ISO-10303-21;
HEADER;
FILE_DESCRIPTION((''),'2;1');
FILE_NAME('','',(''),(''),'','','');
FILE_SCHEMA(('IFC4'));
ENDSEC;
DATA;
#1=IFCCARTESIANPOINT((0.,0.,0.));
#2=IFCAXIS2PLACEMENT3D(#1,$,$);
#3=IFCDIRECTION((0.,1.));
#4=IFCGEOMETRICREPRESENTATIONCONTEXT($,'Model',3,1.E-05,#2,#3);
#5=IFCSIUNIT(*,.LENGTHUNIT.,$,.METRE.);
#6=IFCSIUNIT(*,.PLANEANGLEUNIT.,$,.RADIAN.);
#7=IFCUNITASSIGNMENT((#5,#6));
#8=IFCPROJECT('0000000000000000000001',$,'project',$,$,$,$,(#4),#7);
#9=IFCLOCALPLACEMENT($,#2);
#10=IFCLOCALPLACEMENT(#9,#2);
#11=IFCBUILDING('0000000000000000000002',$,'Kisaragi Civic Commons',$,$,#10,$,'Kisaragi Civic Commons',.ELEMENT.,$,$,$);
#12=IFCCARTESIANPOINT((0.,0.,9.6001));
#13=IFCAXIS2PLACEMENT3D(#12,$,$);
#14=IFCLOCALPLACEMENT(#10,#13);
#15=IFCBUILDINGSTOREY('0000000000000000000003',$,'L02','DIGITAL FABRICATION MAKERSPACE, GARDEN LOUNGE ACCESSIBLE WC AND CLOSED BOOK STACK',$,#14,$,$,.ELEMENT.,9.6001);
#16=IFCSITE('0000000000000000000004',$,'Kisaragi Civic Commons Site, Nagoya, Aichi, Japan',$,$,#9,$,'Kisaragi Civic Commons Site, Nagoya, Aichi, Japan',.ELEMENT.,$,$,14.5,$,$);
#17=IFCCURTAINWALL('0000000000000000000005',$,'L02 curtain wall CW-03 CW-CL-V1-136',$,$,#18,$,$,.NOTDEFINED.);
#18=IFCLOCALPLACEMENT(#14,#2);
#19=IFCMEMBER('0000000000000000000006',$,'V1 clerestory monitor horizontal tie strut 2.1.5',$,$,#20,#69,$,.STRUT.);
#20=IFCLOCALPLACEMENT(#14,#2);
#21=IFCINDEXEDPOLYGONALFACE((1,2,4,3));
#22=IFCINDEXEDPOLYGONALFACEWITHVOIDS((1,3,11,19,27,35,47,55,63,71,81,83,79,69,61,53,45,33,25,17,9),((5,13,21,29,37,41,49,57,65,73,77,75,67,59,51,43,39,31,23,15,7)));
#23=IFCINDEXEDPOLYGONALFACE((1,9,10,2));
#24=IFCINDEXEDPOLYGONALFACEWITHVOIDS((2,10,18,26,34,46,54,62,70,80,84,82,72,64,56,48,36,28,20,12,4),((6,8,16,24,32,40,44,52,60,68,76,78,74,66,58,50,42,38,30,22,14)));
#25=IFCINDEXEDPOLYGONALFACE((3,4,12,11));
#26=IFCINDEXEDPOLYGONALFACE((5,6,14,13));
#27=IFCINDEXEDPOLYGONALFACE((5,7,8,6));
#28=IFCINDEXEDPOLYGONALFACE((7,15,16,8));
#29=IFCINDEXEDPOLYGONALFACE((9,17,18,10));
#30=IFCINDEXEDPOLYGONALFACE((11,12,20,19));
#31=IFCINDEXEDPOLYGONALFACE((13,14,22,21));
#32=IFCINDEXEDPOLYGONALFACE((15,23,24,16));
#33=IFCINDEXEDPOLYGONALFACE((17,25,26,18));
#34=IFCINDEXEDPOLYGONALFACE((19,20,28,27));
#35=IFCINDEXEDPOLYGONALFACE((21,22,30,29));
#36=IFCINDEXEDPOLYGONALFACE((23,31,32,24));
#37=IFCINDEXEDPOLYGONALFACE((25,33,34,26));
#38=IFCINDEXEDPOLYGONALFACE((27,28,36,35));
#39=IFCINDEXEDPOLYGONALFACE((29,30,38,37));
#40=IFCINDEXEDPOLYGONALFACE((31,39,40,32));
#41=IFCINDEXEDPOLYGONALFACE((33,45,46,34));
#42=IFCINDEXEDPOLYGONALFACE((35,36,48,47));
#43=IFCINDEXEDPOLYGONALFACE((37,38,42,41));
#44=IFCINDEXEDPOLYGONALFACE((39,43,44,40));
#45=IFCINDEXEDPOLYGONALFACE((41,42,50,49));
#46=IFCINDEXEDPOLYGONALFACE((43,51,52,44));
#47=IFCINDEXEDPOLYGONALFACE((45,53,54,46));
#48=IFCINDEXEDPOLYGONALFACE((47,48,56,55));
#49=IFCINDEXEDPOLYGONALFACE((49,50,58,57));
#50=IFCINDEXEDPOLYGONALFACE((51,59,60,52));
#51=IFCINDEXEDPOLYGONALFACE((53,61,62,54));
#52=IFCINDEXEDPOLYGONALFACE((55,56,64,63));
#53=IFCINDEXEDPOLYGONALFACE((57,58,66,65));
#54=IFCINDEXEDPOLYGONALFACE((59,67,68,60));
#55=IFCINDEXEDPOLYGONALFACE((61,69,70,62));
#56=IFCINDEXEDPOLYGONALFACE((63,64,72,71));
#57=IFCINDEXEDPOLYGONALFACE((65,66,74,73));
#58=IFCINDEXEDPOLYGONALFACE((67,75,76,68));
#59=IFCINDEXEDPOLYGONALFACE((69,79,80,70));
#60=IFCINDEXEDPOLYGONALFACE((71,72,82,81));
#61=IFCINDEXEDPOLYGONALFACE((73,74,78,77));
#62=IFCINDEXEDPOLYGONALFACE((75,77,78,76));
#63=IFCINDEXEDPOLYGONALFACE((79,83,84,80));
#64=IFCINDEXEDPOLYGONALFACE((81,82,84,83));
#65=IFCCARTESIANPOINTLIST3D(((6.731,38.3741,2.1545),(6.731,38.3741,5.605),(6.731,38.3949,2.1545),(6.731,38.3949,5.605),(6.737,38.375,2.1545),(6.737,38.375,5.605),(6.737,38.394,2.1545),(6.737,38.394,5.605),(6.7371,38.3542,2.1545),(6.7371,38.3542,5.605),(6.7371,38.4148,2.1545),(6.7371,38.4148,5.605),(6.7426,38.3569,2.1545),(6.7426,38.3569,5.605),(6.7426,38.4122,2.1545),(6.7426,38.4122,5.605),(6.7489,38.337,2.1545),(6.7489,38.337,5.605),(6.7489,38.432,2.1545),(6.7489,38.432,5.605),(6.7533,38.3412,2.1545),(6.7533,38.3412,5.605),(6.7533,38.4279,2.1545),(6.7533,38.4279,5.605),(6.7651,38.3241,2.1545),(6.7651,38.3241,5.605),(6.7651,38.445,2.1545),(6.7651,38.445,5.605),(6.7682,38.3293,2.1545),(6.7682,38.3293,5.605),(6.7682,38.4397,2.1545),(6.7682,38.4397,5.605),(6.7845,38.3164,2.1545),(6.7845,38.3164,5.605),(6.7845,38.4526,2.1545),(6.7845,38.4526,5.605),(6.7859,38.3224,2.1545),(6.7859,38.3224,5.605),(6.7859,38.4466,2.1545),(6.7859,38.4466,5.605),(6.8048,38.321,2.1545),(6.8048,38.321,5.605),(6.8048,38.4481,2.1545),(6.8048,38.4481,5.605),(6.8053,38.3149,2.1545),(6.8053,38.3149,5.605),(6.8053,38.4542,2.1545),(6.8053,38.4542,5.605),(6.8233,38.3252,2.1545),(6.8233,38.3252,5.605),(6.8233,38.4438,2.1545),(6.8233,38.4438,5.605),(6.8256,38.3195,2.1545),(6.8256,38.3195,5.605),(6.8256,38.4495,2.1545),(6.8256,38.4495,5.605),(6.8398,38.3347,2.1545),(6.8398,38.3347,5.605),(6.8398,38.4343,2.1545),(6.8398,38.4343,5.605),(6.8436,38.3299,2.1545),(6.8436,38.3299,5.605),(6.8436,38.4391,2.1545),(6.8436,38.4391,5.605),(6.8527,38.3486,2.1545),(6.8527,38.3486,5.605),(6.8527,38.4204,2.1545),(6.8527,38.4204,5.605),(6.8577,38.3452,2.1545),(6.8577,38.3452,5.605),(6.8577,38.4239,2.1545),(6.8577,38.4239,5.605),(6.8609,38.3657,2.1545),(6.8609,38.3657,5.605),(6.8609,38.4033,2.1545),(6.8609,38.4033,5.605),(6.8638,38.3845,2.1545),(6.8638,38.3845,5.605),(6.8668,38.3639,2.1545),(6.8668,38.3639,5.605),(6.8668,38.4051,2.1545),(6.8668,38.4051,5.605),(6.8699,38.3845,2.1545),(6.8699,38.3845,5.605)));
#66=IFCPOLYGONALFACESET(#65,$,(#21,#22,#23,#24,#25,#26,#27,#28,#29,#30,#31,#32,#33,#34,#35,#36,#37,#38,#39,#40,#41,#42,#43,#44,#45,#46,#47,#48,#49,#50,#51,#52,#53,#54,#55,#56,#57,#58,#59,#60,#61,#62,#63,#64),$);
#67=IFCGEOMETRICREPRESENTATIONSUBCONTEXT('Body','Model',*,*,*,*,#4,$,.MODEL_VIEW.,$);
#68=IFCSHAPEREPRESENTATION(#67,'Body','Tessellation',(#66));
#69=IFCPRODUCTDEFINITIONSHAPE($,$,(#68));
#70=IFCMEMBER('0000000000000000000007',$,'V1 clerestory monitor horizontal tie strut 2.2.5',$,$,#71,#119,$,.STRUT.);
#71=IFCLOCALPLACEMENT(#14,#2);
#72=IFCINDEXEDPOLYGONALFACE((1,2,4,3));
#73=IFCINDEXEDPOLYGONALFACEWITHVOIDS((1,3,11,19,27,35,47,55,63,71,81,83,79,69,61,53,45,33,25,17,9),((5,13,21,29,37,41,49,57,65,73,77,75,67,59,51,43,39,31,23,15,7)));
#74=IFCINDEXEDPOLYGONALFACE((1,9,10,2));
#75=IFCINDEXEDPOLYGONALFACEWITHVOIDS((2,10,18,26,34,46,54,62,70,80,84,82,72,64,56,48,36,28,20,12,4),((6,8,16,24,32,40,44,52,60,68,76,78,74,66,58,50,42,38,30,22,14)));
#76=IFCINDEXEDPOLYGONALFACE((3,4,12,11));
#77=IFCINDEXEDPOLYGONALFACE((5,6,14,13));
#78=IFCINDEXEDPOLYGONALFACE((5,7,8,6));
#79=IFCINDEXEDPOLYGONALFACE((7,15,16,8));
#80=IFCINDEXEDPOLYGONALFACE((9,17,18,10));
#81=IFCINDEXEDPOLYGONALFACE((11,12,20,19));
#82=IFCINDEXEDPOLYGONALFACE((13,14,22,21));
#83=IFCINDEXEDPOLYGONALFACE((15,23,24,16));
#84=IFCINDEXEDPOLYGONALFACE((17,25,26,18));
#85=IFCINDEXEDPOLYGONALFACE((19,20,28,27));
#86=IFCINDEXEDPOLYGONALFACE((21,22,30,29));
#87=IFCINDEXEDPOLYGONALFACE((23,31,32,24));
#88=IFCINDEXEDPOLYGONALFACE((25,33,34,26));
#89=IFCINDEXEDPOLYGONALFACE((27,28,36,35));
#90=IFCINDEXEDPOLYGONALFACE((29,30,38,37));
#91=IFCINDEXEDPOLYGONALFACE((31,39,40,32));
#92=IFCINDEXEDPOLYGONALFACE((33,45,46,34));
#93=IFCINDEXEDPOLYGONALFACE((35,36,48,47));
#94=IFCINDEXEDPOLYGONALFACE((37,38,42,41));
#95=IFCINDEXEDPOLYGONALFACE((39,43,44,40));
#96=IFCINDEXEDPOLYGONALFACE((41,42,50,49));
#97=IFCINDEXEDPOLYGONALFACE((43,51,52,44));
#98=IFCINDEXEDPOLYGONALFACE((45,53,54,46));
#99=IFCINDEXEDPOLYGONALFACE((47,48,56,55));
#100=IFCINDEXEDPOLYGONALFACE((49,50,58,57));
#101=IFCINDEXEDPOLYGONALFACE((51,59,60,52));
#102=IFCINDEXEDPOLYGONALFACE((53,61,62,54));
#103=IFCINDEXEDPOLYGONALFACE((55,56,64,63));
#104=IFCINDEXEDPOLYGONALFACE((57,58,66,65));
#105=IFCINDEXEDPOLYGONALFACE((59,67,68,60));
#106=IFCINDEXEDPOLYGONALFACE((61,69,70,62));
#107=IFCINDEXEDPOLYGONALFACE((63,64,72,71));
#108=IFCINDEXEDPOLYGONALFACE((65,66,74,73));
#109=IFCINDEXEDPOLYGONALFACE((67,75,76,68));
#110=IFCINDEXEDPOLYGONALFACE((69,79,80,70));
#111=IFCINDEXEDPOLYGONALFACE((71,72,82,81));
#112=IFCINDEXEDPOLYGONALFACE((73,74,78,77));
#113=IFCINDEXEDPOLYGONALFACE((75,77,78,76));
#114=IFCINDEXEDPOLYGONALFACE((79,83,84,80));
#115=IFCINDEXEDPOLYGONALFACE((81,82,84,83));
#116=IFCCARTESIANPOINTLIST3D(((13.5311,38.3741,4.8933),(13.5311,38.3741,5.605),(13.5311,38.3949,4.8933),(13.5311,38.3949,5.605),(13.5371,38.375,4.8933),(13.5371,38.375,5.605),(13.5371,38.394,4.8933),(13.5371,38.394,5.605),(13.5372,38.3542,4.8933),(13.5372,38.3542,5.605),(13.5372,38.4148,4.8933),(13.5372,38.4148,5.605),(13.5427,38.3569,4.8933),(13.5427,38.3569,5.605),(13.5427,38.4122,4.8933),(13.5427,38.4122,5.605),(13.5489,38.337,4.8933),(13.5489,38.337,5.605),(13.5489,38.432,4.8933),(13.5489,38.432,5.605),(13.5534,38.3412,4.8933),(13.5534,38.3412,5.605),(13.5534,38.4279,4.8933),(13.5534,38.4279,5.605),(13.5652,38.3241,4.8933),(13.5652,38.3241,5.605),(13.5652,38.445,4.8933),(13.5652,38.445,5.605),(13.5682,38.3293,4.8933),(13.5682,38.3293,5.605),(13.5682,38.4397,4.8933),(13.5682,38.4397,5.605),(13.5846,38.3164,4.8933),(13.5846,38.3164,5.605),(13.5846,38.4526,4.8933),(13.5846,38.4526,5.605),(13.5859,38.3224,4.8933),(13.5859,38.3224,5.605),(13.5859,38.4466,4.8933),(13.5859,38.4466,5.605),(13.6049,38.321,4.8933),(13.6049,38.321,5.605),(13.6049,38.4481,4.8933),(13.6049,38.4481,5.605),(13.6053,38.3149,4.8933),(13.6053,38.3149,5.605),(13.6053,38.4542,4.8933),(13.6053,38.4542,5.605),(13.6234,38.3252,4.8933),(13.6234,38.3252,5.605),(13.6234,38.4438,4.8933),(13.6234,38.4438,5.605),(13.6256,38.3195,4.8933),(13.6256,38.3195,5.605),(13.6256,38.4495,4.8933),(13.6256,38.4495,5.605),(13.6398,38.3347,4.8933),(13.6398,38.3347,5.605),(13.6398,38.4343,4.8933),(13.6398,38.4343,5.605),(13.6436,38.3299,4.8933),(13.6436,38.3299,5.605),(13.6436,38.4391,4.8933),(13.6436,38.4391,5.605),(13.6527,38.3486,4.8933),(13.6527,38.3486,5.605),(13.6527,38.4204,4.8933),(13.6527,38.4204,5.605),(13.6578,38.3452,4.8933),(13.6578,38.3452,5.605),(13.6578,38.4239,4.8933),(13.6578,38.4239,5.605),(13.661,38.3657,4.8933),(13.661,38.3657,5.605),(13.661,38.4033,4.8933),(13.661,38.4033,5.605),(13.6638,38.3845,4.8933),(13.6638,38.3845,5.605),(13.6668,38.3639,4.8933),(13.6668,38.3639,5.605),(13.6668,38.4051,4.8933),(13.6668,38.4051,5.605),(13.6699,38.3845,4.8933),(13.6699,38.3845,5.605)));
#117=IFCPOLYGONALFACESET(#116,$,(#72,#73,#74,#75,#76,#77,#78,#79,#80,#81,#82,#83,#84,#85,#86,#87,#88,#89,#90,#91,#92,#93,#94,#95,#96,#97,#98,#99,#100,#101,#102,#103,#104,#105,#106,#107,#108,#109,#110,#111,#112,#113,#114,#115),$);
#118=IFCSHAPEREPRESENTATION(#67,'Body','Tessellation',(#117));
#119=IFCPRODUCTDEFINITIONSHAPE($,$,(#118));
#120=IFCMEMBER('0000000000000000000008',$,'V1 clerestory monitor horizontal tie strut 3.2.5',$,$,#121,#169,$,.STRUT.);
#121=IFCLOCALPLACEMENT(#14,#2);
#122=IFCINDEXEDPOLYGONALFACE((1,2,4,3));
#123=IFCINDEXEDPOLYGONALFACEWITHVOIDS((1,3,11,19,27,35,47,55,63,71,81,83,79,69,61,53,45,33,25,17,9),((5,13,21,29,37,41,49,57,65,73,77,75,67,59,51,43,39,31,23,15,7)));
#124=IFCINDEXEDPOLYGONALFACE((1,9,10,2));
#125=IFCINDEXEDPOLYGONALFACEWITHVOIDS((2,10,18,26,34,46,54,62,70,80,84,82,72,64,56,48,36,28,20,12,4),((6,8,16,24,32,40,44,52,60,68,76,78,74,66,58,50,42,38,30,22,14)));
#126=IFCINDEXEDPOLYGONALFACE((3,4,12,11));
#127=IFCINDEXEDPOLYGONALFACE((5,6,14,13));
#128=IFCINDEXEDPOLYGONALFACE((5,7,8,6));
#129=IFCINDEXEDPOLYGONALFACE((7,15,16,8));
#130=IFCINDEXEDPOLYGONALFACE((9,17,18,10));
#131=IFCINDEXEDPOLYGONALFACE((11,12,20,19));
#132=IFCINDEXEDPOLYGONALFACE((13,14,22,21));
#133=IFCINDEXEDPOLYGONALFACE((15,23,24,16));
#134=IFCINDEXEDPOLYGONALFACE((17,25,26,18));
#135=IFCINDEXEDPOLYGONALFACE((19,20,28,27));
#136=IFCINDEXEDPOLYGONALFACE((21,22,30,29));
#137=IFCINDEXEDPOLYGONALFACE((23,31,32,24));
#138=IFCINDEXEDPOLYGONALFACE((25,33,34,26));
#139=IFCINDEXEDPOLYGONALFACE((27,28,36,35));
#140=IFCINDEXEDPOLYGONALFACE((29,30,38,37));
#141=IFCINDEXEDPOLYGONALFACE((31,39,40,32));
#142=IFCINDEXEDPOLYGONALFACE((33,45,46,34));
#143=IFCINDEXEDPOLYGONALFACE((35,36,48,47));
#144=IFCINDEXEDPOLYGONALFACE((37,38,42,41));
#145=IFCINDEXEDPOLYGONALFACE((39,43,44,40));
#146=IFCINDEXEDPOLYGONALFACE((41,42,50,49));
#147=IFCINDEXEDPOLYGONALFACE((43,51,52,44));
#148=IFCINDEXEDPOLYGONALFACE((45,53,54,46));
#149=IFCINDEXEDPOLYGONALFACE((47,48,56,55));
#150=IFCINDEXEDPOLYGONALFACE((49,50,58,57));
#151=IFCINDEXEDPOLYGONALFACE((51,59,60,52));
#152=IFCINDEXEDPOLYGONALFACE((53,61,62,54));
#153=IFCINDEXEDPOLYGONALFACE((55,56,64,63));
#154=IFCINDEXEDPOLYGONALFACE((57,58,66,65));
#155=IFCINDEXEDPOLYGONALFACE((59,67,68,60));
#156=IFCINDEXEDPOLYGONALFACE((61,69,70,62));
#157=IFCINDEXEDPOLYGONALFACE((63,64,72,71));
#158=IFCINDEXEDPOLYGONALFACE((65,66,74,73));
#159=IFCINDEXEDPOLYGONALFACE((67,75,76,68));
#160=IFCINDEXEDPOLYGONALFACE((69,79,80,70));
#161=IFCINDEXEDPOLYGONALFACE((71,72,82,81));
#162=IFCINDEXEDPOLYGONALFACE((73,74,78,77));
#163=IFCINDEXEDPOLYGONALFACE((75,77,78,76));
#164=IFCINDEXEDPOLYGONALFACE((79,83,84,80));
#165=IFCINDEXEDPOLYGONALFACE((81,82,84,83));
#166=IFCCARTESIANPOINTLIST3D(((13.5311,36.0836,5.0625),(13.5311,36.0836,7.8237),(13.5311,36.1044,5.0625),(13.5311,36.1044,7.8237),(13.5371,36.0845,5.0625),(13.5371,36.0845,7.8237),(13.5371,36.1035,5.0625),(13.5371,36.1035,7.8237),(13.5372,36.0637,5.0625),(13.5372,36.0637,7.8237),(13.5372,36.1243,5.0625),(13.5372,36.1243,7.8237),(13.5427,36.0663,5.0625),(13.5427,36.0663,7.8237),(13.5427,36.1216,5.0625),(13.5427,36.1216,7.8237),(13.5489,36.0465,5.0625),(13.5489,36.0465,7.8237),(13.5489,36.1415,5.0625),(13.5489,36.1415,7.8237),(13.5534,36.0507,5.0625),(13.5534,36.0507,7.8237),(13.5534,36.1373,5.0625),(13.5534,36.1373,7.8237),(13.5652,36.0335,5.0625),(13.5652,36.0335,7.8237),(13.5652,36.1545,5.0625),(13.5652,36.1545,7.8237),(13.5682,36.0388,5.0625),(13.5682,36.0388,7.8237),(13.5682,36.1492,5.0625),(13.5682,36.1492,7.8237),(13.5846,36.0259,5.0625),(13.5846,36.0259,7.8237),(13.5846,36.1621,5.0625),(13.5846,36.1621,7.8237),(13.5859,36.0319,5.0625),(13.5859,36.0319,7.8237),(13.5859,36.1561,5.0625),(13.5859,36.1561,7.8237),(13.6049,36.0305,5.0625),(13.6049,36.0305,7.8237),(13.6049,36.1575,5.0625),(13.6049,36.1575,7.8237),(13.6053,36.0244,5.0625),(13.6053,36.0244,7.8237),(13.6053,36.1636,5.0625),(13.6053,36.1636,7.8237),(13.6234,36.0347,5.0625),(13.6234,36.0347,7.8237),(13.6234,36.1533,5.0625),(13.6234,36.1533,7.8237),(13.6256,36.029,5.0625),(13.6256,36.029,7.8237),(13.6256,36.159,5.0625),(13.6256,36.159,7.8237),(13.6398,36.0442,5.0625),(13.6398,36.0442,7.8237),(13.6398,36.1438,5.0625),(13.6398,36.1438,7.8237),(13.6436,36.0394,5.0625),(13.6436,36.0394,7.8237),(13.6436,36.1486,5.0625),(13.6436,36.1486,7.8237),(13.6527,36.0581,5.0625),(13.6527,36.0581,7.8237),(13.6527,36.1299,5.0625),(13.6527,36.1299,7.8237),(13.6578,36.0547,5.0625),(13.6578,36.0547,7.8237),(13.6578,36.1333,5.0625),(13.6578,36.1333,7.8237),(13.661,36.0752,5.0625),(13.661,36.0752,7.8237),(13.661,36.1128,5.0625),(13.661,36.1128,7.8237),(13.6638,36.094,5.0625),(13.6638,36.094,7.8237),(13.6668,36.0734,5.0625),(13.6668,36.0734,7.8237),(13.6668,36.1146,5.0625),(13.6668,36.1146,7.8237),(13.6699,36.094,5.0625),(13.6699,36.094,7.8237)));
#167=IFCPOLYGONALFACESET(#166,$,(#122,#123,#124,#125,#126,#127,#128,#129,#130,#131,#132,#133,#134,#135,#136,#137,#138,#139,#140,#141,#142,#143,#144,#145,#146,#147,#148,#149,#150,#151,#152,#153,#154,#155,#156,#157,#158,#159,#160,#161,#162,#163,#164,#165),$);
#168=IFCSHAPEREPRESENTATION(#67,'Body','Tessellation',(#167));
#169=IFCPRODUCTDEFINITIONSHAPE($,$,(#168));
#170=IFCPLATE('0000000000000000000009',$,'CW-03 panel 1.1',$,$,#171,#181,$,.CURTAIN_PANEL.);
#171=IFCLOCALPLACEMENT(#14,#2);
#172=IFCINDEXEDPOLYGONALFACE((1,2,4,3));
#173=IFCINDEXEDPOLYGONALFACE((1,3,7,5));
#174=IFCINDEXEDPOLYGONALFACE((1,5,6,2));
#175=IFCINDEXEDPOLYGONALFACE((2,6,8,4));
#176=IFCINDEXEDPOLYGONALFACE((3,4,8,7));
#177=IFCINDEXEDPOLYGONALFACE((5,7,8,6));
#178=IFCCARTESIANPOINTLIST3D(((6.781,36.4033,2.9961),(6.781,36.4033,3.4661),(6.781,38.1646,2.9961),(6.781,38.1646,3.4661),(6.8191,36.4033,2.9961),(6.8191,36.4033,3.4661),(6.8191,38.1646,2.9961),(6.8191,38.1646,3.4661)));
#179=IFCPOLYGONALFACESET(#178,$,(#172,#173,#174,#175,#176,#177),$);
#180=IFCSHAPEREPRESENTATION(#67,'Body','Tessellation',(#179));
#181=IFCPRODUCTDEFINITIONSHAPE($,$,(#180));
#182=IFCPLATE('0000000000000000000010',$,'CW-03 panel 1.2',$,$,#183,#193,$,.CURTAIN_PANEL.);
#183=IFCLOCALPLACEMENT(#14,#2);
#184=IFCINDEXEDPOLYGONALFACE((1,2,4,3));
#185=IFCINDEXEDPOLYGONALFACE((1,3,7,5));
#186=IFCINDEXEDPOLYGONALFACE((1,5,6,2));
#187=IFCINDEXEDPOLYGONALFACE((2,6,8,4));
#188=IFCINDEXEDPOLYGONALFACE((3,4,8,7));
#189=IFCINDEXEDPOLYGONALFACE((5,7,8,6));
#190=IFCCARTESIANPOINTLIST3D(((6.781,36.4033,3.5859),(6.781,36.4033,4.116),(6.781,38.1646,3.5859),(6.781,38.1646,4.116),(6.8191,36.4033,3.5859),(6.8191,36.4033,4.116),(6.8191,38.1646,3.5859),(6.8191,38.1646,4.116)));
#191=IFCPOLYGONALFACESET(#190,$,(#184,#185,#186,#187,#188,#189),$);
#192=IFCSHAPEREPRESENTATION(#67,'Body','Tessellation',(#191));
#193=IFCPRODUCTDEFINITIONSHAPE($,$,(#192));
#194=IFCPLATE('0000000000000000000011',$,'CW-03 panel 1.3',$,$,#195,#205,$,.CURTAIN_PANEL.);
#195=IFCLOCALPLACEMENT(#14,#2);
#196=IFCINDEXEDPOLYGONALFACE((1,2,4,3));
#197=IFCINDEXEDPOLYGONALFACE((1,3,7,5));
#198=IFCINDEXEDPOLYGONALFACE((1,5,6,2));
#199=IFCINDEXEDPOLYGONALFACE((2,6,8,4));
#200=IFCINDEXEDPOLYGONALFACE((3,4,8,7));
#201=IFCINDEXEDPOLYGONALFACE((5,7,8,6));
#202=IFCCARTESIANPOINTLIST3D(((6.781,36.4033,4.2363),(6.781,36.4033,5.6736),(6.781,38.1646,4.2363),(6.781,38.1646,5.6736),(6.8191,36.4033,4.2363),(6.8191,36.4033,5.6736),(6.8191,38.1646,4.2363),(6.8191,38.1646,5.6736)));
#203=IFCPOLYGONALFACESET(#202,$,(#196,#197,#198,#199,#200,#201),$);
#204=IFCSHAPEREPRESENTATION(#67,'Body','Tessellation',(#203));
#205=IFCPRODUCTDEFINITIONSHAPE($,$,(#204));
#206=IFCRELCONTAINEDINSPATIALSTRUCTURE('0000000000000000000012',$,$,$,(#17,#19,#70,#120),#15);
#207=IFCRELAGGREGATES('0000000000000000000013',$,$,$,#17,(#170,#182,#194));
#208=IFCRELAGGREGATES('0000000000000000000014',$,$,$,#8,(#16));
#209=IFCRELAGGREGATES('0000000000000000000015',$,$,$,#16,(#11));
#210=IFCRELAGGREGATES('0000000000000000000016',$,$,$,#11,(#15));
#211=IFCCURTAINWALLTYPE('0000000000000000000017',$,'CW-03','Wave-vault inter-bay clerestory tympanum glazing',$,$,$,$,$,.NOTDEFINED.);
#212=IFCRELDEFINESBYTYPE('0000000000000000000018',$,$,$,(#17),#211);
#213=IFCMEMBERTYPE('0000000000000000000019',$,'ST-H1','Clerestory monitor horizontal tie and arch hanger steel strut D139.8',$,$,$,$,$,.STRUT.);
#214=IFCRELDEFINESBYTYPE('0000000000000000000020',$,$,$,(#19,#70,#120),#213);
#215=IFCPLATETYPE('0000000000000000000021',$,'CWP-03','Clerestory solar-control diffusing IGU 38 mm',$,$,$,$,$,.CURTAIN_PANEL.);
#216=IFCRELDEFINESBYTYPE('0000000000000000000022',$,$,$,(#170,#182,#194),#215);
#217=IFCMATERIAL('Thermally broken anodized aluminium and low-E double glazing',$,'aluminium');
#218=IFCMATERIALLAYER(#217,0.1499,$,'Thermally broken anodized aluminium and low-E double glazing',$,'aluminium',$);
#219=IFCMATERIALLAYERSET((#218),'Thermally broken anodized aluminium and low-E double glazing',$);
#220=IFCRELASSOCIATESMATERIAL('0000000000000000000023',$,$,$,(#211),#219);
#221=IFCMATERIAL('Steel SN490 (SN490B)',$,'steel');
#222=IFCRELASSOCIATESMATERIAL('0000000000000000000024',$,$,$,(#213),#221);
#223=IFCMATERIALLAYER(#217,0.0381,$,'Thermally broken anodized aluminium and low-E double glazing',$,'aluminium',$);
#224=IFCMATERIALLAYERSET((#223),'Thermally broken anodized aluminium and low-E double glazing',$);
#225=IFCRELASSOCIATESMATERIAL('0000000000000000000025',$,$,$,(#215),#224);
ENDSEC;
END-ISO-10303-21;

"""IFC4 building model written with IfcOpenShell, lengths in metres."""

from ifc_helpers import new_model, si_unit, direction, frame, origin, origin_2d, place, context, subcontext, project, spatial, rectangle, hollow_circle, extrude, material, layer, layer_set, material_profile, profile_set, type_object, element, aggregate, save


model = new_model("IFC4")

# Units and contexts
model_context = context("Model", 3, precision=1e-05, world=origin(), true_north=direction((0.0, 1.0)))
body_context = subcontext(model_context, "Body", "Model", "MODEL_VIEW")
ifc_project = project(units=[si_unit("LENGTHUNIT", "METRE"), si_unit("PLANEANGLEUNIT", "RADIAN")], contexts=[model_context])

# Site, building, storey
site_placement = place(None, origin())
site = spatial("IfcSite", under=ifc_project, at=site_placement, Name="Kisaragi Civic Commons Site, Nagoya, Aichi, Japan", LongName="Kisaragi Civic Commons Site, Nagoya, Aichi, Japan", CompositionType="ELEMENT", RefElevation=14.5)
building_placement = place(site_placement, origin())
building = spatial("IfcBuilding", under=site, at=building_placement, Name="Kisaragi Civic Commons", LongName="Kisaragi Civic Commons", CompositionType="ELEMENT")
storey_placement = place(building_placement, frame((0.0, 0.0, 9.6001)))
storey = spatial("IfcBuildingStorey", under=building, at=storey_placement, Name="L02", Description="DIGITAL FABRICATION MAKERSPACE, GARDEN LOUNGE ACCESSIBLE WC AND CLOSED BOOK STACK", CompositionType="ELEMENT", Elevation=9.6001)

# Curtain wall
ifc_material_1 = material(Name="Thermally broken anodized aluminium and low-E double glazing", Category="aluminium")
ifc_layer_1 = layer(ifc_material_1, 0.1499, Name="Thermally broken anodized aluminium and low-E double glazing", Category="aluminium")
ifc_layer_set_1 = layer_set([ifc_layer_1], Name="Thermally broken anodized aluminium and low-E double glazing")
curtain_wall_type = type_object("IfcCurtainWallType", Name="CW-03", Description="Wave-vault inter-bay clerestory tympanum glazing", PredefinedType="NOTDEFINED", material=ifc_layer_set_1)
curtain_wall_1_placement = place(storey_placement, origin())
curtain_wall_1 = element("IfcCurtainWall", 1, at=curtain_wall_1_placement, inside=storey, type_object=curtain_wall_type, Name="L02 curtain wall CW-03 CW-CL-V1-136", PredefinedType="NOTDEFINED")

# Members
ifc_material_2 = material(Name="Steel SN490 (SN490B)", Category="steel")
ifc_material_profile_1 = material_profile(ifc_material_2, hollow_circle(Radius=0.0698, WallThickness=0.0061, at=origin_2d()), Name="CHS-139.8x6.0", Category="steel")
ifc_profile_set_1 = profile_set([ifc_material_profile_1], Name="Steel SN490 (SN490B)")
member_type_1 = type_object("IfcMemberType", Name="ST-H1", Description="Clerestory monitor horizontal tie and arch hanger steel strut D139.8", PredefinedType="STRUT", material=ifc_profile_set_1)
member_1_placement = place(storey_placement, frame((6.8, 38.3845, 2.1545), z_axis=(0.0, 0.0, 1.0), x_axis=(1.0, 0.0, 0.0)))
element("IfcMember", 2, at=member_1_placement, inside=storey, type_object=member_type_1, Name="V1 clerestory monitor horizontal tie strut 2.1.5", PredefinedType="STRUT", context=body_context, shape_type="SweptSolid", body=[
    extrude(hollow_circle(Radius=0.0698, WallThickness=0.0061, at=origin_2d()), origin(), (0.0, 0.0, 1.0), 3.4504),
])
member_2_placement = place(storey_placement, frame((13.6001, 38.3845, 4.8933), z_axis=(0.0, 0.0, 1.0), x_axis=(1.0, 0.0, 0.0)))
element("IfcMember", 3, at=member_2_placement, inside=storey, type_object=member_type_1, Name="V1 clerestory monitor horizontal tie strut 2.2.5", PredefinedType="STRUT", context=body_context, shape_type="SweptSolid", body=[
    extrude(hollow_circle(Radius=0.0698, WallThickness=0.0061, at=origin_2d()), origin(), (0.0, 0.0, 1.0), 0.7117),
])
member_3_placement = place(storey_placement, frame((13.6001, 36.094, 5.0625), z_axis=(0.0, 0.0, 1.0), x_axis=(1.0, 0.0, 0.0)))
element("IfcMember", 4, at=member_3_placement, inside=storey, type_object=member_type_1, Name="V1 clerestory monitor horizontal tie strut 3.2.5", PredefinedType="STRUT", context=body_context, shape_type="SweptSolid", body=[
    extrude(hollow_circle(Radius=0.0698, WallThickness=0.0061, at=origin_2d()), origin(), (0.0, 0.0, 1.0), 2.7612),
])

# Plates
ifc_layer_2 = layer(ifc_material_1, 0.0381, Name="Thermally broken anodized aluminium and low-E double glazing", Category="aluminium")
ifc_layer_set_2 = layer_set([ifc_layer_2], Name="Thermally broken anodized aluminium and low-E double glazing")
plate_type_1 = type_object("IfcPlateType", Name="CWP-03", Description="Clerestory solar-control diffusing IGU 38 mm", PredefinedType="CURTAIN_PANEL", material=ifc_layer_set_2)
plate_1_placement = place(storey_placement, frame((6.8, 37.2839, 2.9961), z_axis=(0.0, 0.0, 1.0), x_axis=(0.0, 1.0, 0.0)))
plate_1 = element("IfcPlate", 5, at=plate_1_placement, type_object=plate_type_1, Name="CW-03 panel 1.1", PredefinedType="CURTAIN_PANEL", context=body_context, shape_type="SweptSolid", body=[
    extrude(rectangle(XDim=1.7612, YDim=0.0381, at=origin_2d()), origin(), (0.0, 0.0, 1.0), 0.47),
])
plate_2_placement = place(storey_placement, frame((6.8, 37.2839, 3.5859), z_axis=(0.0, 0.0, 1.0), x_axis=(0.0, 1.0, 0.0)))
plate_2 = element("IfcPlate", 6, at=plate_2_placement, type_object=plate_type_1, Name="CW-03 panel 1.2", PredefinedType="CURTAIN_PANEL", context=body_context, shape_type="SweptSolid", body=[
    extrude(rectangle(XDim=1.7612, YDim=0.0381, at=origin_2d()), origin(), (0.0, 0.0, 1.0), 0.53),
])
plate_3_placement = place(storey_placement, frame((6.8, 37.2839, 4.2363), z_axis=(0.0, 0.0, 1.0), x_axis=(0.0, 1.0, 0.0)))
plate_3 = element("IfcPlate", 7, at=plate_3_placement, type_object=plate_type_1, Name="CW-03 panel 1.3", PredefinedType="CURTAIN_PANEL", context=body_context, shape_type="SweptSolid", body=[
    extrude(rectangle(XDim=1.7612, YDim=0.0381, at=origin_2d()), origin(), (0.0, 0.0, 1.0), 1.4373),
])
aggregate(curtain_wall_1, [plate_1, plate_2, plate_3])

save(model, "model.ifc")
